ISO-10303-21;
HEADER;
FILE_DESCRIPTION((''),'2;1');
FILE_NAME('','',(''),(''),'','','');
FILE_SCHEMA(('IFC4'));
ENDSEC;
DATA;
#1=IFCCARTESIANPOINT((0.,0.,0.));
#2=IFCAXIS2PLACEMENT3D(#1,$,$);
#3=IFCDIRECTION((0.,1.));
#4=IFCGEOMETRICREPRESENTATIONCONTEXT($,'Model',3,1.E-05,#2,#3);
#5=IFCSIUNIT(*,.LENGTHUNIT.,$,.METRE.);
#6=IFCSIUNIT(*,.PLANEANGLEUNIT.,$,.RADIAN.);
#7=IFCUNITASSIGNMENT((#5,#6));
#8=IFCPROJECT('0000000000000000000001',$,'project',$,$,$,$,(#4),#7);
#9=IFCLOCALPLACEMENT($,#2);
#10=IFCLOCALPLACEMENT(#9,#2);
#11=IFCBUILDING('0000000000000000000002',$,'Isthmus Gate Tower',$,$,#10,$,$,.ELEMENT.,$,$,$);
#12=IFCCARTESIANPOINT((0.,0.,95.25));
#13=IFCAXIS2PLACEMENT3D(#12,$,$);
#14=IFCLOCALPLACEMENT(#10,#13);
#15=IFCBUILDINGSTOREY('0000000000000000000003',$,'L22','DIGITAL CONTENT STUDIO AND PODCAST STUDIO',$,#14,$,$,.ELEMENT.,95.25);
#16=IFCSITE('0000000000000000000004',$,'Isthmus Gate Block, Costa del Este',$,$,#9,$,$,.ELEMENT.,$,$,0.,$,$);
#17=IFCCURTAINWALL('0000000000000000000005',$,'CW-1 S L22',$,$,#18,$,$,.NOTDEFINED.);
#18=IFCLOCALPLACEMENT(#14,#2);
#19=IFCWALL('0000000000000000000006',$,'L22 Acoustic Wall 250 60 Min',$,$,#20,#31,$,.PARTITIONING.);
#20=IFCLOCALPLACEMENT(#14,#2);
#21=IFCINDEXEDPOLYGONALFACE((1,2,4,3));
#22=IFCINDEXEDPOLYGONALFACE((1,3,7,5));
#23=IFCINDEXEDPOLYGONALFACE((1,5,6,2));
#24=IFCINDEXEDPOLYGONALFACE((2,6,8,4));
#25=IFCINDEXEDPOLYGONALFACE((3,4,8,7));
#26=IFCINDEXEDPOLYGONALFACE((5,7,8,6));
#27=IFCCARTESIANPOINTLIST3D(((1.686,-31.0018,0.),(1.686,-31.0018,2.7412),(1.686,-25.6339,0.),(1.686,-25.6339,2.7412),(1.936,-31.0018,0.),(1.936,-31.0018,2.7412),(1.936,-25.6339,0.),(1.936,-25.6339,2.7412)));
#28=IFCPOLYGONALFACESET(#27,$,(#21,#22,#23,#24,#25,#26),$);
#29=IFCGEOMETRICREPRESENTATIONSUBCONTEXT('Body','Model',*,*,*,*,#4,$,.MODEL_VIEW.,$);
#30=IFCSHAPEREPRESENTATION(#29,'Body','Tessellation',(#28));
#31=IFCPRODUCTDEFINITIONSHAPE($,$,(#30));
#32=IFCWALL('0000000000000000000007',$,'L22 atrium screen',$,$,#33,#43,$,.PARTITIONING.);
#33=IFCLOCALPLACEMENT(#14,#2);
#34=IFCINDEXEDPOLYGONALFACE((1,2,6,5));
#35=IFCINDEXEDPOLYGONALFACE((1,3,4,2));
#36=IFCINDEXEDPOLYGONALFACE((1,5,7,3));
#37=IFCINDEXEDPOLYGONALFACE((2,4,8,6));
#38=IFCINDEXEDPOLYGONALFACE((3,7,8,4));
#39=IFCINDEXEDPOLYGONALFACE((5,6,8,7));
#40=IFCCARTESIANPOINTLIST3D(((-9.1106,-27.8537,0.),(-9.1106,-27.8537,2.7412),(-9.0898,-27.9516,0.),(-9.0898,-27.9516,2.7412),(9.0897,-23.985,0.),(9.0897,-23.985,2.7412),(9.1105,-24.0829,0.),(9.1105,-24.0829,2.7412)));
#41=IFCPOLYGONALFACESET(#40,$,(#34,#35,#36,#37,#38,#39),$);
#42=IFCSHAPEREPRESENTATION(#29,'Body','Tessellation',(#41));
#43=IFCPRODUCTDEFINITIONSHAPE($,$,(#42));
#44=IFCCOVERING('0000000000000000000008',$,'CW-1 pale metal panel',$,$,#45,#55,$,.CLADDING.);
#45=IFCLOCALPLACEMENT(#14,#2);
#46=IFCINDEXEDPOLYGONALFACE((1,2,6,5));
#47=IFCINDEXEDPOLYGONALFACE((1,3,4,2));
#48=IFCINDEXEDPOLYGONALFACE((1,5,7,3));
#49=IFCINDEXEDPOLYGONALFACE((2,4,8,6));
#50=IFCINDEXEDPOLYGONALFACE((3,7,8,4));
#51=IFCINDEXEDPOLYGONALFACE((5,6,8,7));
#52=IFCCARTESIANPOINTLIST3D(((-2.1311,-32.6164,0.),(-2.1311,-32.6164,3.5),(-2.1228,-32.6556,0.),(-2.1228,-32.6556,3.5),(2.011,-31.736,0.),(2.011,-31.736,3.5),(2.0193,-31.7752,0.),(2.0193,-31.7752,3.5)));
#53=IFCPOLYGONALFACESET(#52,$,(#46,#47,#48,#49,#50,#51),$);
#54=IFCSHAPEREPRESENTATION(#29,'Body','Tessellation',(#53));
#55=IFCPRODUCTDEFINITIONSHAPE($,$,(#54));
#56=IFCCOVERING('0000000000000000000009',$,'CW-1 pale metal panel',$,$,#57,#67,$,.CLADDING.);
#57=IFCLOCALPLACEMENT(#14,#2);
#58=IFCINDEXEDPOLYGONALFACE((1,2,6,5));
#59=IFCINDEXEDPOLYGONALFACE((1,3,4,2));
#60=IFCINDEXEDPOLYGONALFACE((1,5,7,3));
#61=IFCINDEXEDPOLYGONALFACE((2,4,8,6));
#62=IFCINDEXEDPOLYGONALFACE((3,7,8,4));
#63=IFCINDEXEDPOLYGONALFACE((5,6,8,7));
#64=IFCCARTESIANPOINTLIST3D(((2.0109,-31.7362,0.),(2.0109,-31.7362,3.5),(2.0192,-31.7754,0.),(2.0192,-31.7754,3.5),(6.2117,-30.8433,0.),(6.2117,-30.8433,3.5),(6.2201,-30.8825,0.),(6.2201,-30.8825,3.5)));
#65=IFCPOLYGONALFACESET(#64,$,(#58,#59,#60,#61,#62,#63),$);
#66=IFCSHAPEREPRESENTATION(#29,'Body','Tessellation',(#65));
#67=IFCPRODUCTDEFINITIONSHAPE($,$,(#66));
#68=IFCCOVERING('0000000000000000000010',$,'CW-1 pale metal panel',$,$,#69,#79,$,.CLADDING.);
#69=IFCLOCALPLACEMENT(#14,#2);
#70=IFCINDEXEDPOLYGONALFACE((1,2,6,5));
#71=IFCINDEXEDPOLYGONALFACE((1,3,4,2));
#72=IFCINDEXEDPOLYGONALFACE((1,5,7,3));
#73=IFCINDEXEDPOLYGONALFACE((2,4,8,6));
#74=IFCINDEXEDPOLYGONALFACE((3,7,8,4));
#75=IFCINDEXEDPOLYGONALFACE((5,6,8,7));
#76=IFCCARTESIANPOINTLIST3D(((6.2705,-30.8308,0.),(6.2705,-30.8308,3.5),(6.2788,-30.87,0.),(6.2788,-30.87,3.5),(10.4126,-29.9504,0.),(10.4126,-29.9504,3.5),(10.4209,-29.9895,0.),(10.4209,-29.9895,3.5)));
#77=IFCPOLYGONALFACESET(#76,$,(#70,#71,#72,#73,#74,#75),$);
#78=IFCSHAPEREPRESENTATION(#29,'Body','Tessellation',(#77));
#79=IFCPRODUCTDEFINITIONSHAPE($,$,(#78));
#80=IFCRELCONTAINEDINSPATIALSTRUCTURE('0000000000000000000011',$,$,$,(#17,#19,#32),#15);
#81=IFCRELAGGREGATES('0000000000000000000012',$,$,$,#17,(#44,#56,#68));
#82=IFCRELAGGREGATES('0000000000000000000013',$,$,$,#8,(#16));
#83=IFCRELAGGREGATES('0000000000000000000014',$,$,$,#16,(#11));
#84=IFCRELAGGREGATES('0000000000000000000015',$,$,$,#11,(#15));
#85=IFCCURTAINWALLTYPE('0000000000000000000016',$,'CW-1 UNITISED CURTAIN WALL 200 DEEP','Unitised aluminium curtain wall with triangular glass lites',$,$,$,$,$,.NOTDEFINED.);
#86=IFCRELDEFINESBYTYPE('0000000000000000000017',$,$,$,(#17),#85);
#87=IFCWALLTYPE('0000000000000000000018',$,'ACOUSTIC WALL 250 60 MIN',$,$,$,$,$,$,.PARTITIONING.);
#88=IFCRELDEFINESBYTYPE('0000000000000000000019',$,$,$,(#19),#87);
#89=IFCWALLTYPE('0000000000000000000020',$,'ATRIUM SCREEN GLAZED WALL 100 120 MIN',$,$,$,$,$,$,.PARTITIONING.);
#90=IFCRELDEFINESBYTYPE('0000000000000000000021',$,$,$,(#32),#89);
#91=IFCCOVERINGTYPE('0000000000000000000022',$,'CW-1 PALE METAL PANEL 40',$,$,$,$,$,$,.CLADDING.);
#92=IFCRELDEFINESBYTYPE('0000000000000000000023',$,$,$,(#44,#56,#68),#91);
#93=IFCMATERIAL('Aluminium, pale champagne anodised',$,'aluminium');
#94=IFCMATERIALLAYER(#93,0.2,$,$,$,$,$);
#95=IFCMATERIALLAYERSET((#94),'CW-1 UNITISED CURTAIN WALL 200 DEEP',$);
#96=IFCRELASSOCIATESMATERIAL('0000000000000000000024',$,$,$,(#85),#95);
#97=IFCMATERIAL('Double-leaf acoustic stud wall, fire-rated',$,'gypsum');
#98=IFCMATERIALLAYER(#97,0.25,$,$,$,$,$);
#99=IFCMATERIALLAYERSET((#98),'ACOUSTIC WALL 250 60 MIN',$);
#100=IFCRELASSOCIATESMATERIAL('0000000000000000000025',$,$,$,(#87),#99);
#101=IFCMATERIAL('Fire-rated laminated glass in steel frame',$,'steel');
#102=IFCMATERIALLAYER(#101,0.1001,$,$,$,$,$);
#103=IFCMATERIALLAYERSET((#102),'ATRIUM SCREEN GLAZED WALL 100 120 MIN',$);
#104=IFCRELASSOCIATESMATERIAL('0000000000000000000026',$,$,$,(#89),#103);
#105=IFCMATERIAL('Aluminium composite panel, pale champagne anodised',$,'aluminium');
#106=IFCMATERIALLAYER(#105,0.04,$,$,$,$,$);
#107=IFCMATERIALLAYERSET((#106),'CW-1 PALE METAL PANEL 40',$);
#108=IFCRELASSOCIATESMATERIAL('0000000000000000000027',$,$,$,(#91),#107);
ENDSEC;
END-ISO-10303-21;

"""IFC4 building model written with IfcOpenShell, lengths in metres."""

from ifc_helpers import new_model, si_unit, direction, frame, frame_2d, origin, origin_2d, place, context, subcontext, project, spatial, rectangle, extrude, material, layer, layer_set, type_object, element, aggregate, save


model = new_model("IFC4")

# Units and contexts
model_context = context("Model", 3, precision=1e-05, world=origin(), true_north=direction((0.0, 1.0)))
body_context = subcontext(model_context, "Body", "Model", "MODEL_VIEW")
ifc_project = project(units=[si_unit("LENGTHUNIT", "METRE"), si_unit("PLANEANGLEUNIT", "RADIAN")], contexts=[model_context])

# Site, building, storey
site_placement = place(None, origin())
site = spatial("IfcSite", under=ifc_project, at=site_placement, Name="Isthmus Gate Block, Costa del Este", CompositionType="ELEMENT", RefElevation=0.0)
building_placement = place(site_placement, origin())
building = spatial("IfcBuilding", under=site, at=building_placement, Name="Isthmus Gate Tower", CompositionType="ELEMENT")
storey_placement = place(building_placement, frame((0.0, 0.0, 95.25)))
storey = spatial("IfcBuildingStorey", under=building, at=storey_placement, Name="L22", Description="DIGITAL CONTENT STUDIO AND PODCAST STUDIO", CompositionType="ELEMENT", Elevation=95.25)

# Curtain wall
ifc_material_1 = material(Name="Aluminium, pale champagne anodised", Category="aluminium")
ifc_layer_1 = layer(ifc_material_1, 0.2)
ifc_layer_set_1 = layer_set([ifc_layer_1], Name="CW-1 UNITISED CURTAIN WALL 200 DEEP")
curtain_wall_type = type_object("IfcCurtainWallType", Name="CW-1 UNITISED CURTAIN WALL 200 DEEP", Description="Unitised aluminium curtain wall with triangular glass lites", PredefinedType="NOTDEFINED", material=ifc_layer_set_1)
curtain_wall_placement = place(storey_placement, origin())
curtain_wall = element("IfcCurtainWall", 1, at=curtain_wall_placement, inside=storey, type_object=curtain_wall_type, Name="CW-1 S L22", PredefinedType="NOTDEFINED")

# Walls
ifc_material_2 = material(Name="Double-leaf acoustic stud wall, fire-rated", Category="gypsum")
ifc_layer_2 = layer(ifc_material_2, 0.25)
ifc_layer_set_2 = layer_set([ifc_layer_2], Name="ACOUSTIC WALL 250 60 MIN")
wall_type_1 = type_object("IfcWallType", Name="ACOUSTIC WALL 250 60 MIN", PredefinedType="PARTITIONING", material=ifc_layer_set_2)
wall_1_placement = place(storey_placement, frame((1.811, -31.002, 0.0), z_axis=(0.0, 0.0, 1.0), x_axis=(0.0, 1.0, 0.0)))
element("IfcWall", 2, at=wall_1_placement, inside=storey, type_object=wall_type_1, Name="L22 Acoustic Wall 250 60 Min", PredefinedType="PARTITIONING", context=body_context, shape_type="SweptSolid", body=[
    extrude(rectangle(XDim=5.3679, YDim=0.25, at=frame_2d((2.6841, 0.0))), origin(), (0.0, 0.0, 1.0), 2.7412),
])
ifc_material_3 = material(Name="Fire-rated laminated glass in steel frame", Category="steel")
ifc_layer_3 = layer(ifc_material_3, 0.1001)
ifc_layer_set_3 = layer_set([ifc_layer_3], Name="ATRIUM SCREEN GLAZED WALL 100 120 MIN")
wall_type_2 = type_object("IfcWallType", Name="ATRIUM SCREEN GLAZED WALL 100 120 MIN", PredefinedType="PARTITIONING", material=ifc_layer_set_3)
wall_2_placement = place(storey_placement, frame((9.1001, -24.0339, 0.0), z_axis=(0.0, 0.0, 1.0), x_axis=(-0.978147, -0.207916, 0.0)))
element("IfcWall", 3, at=wall_2_placement, inside=storey, type_object=wall_type_2, Name="L22 atrium screen", PredefinedType="PARTITIONING", context=body_context, shape_type="SweptSolid", body=[
    extrude(rectangle(XDim=18.6069, YDim=0.1001, at=frame_2d((9.3035, 0.0))), origin(), (0.0, 0.0, 1.0), 2.7412),
])

# Coverings
ifc_material_4 = material(Name="Aluminium composite panel, pale champagne anodised", Category="aluminium")
ifc_layer_4 = layer(ifc_material_4, 0.04)
ifc_layer_set_4 = layer_set([ifc_layer_4], Name="CW-1 PALE METAL PANEL 40")
covering_type = type_object("IfcCoveringType", Name="CW-1 PALE METAL PANEL 40", PredefinedType="CLADDING", material=ifc_layer_set_4)
covering_1_placement = place(storey_placement, frame((-0.0559, -32.1958, 0.0), z_axis=(0.0, 0.0, 1.0), x_axis=(0.978148, 0.207912, 0.0)))
covering_1 = element("IfcCovering", 4, at=covering_1_placement, type_object=covering_type, Name="CW-1 pale metal panel", PredefinedType="CLADDING", context=body_context, shape_type="SweptSolid", body=[
    extrude(rectangle(XDim=4.2346, YDim=0.04, at=origin_2d()), origin(), (0.0, 0.0, 1.0), 3.5),
])
covering_2_placement = place(storey_placement, frame((4.1155, -31.3093, 0.0), z_axis=(0.0, 0.0, 1.0), x_axis=(0.978148, 0.207912, 0.0)))
covering_2 = element("IfcCovering", 5, at=covering_2_placement, type_object=covering_type, Name="CW-1 pale metal panel", PredefinedType="CLADDING", context=body_context, shape_type="SweptSolid", body=[
    extrude(rectangle(XDim=4.2947, YDim=0.04, at=origin_2d()), origin(), (0.0, 0.0, 1.0), 3.5),
])
covering_3_placement = place(storey_placement, frame((8.3457, -30.4102, 0.0), z_axis=(0.0, 0.0, 1.0), x_axis=(0.978148, 0.207912, 0.0)))
covering_3 = element("IfcCovering", 6, at=covering_3_placement, type_object=covering_type, Name="CW-1 pale metal panel", PredefinedType="CLADDING", context=body_context, shape_type="SweptSolid", body=[
    extrude(rectangle(XDim=4.2346, YDim=0.04, at=origin_2d()), origin(), (0.0, 0.0, 1.0), 3.5),
])
aggregate(curtain_wall, [covering_1, covering_2, covering_3])

save(model, "model.ifc")
